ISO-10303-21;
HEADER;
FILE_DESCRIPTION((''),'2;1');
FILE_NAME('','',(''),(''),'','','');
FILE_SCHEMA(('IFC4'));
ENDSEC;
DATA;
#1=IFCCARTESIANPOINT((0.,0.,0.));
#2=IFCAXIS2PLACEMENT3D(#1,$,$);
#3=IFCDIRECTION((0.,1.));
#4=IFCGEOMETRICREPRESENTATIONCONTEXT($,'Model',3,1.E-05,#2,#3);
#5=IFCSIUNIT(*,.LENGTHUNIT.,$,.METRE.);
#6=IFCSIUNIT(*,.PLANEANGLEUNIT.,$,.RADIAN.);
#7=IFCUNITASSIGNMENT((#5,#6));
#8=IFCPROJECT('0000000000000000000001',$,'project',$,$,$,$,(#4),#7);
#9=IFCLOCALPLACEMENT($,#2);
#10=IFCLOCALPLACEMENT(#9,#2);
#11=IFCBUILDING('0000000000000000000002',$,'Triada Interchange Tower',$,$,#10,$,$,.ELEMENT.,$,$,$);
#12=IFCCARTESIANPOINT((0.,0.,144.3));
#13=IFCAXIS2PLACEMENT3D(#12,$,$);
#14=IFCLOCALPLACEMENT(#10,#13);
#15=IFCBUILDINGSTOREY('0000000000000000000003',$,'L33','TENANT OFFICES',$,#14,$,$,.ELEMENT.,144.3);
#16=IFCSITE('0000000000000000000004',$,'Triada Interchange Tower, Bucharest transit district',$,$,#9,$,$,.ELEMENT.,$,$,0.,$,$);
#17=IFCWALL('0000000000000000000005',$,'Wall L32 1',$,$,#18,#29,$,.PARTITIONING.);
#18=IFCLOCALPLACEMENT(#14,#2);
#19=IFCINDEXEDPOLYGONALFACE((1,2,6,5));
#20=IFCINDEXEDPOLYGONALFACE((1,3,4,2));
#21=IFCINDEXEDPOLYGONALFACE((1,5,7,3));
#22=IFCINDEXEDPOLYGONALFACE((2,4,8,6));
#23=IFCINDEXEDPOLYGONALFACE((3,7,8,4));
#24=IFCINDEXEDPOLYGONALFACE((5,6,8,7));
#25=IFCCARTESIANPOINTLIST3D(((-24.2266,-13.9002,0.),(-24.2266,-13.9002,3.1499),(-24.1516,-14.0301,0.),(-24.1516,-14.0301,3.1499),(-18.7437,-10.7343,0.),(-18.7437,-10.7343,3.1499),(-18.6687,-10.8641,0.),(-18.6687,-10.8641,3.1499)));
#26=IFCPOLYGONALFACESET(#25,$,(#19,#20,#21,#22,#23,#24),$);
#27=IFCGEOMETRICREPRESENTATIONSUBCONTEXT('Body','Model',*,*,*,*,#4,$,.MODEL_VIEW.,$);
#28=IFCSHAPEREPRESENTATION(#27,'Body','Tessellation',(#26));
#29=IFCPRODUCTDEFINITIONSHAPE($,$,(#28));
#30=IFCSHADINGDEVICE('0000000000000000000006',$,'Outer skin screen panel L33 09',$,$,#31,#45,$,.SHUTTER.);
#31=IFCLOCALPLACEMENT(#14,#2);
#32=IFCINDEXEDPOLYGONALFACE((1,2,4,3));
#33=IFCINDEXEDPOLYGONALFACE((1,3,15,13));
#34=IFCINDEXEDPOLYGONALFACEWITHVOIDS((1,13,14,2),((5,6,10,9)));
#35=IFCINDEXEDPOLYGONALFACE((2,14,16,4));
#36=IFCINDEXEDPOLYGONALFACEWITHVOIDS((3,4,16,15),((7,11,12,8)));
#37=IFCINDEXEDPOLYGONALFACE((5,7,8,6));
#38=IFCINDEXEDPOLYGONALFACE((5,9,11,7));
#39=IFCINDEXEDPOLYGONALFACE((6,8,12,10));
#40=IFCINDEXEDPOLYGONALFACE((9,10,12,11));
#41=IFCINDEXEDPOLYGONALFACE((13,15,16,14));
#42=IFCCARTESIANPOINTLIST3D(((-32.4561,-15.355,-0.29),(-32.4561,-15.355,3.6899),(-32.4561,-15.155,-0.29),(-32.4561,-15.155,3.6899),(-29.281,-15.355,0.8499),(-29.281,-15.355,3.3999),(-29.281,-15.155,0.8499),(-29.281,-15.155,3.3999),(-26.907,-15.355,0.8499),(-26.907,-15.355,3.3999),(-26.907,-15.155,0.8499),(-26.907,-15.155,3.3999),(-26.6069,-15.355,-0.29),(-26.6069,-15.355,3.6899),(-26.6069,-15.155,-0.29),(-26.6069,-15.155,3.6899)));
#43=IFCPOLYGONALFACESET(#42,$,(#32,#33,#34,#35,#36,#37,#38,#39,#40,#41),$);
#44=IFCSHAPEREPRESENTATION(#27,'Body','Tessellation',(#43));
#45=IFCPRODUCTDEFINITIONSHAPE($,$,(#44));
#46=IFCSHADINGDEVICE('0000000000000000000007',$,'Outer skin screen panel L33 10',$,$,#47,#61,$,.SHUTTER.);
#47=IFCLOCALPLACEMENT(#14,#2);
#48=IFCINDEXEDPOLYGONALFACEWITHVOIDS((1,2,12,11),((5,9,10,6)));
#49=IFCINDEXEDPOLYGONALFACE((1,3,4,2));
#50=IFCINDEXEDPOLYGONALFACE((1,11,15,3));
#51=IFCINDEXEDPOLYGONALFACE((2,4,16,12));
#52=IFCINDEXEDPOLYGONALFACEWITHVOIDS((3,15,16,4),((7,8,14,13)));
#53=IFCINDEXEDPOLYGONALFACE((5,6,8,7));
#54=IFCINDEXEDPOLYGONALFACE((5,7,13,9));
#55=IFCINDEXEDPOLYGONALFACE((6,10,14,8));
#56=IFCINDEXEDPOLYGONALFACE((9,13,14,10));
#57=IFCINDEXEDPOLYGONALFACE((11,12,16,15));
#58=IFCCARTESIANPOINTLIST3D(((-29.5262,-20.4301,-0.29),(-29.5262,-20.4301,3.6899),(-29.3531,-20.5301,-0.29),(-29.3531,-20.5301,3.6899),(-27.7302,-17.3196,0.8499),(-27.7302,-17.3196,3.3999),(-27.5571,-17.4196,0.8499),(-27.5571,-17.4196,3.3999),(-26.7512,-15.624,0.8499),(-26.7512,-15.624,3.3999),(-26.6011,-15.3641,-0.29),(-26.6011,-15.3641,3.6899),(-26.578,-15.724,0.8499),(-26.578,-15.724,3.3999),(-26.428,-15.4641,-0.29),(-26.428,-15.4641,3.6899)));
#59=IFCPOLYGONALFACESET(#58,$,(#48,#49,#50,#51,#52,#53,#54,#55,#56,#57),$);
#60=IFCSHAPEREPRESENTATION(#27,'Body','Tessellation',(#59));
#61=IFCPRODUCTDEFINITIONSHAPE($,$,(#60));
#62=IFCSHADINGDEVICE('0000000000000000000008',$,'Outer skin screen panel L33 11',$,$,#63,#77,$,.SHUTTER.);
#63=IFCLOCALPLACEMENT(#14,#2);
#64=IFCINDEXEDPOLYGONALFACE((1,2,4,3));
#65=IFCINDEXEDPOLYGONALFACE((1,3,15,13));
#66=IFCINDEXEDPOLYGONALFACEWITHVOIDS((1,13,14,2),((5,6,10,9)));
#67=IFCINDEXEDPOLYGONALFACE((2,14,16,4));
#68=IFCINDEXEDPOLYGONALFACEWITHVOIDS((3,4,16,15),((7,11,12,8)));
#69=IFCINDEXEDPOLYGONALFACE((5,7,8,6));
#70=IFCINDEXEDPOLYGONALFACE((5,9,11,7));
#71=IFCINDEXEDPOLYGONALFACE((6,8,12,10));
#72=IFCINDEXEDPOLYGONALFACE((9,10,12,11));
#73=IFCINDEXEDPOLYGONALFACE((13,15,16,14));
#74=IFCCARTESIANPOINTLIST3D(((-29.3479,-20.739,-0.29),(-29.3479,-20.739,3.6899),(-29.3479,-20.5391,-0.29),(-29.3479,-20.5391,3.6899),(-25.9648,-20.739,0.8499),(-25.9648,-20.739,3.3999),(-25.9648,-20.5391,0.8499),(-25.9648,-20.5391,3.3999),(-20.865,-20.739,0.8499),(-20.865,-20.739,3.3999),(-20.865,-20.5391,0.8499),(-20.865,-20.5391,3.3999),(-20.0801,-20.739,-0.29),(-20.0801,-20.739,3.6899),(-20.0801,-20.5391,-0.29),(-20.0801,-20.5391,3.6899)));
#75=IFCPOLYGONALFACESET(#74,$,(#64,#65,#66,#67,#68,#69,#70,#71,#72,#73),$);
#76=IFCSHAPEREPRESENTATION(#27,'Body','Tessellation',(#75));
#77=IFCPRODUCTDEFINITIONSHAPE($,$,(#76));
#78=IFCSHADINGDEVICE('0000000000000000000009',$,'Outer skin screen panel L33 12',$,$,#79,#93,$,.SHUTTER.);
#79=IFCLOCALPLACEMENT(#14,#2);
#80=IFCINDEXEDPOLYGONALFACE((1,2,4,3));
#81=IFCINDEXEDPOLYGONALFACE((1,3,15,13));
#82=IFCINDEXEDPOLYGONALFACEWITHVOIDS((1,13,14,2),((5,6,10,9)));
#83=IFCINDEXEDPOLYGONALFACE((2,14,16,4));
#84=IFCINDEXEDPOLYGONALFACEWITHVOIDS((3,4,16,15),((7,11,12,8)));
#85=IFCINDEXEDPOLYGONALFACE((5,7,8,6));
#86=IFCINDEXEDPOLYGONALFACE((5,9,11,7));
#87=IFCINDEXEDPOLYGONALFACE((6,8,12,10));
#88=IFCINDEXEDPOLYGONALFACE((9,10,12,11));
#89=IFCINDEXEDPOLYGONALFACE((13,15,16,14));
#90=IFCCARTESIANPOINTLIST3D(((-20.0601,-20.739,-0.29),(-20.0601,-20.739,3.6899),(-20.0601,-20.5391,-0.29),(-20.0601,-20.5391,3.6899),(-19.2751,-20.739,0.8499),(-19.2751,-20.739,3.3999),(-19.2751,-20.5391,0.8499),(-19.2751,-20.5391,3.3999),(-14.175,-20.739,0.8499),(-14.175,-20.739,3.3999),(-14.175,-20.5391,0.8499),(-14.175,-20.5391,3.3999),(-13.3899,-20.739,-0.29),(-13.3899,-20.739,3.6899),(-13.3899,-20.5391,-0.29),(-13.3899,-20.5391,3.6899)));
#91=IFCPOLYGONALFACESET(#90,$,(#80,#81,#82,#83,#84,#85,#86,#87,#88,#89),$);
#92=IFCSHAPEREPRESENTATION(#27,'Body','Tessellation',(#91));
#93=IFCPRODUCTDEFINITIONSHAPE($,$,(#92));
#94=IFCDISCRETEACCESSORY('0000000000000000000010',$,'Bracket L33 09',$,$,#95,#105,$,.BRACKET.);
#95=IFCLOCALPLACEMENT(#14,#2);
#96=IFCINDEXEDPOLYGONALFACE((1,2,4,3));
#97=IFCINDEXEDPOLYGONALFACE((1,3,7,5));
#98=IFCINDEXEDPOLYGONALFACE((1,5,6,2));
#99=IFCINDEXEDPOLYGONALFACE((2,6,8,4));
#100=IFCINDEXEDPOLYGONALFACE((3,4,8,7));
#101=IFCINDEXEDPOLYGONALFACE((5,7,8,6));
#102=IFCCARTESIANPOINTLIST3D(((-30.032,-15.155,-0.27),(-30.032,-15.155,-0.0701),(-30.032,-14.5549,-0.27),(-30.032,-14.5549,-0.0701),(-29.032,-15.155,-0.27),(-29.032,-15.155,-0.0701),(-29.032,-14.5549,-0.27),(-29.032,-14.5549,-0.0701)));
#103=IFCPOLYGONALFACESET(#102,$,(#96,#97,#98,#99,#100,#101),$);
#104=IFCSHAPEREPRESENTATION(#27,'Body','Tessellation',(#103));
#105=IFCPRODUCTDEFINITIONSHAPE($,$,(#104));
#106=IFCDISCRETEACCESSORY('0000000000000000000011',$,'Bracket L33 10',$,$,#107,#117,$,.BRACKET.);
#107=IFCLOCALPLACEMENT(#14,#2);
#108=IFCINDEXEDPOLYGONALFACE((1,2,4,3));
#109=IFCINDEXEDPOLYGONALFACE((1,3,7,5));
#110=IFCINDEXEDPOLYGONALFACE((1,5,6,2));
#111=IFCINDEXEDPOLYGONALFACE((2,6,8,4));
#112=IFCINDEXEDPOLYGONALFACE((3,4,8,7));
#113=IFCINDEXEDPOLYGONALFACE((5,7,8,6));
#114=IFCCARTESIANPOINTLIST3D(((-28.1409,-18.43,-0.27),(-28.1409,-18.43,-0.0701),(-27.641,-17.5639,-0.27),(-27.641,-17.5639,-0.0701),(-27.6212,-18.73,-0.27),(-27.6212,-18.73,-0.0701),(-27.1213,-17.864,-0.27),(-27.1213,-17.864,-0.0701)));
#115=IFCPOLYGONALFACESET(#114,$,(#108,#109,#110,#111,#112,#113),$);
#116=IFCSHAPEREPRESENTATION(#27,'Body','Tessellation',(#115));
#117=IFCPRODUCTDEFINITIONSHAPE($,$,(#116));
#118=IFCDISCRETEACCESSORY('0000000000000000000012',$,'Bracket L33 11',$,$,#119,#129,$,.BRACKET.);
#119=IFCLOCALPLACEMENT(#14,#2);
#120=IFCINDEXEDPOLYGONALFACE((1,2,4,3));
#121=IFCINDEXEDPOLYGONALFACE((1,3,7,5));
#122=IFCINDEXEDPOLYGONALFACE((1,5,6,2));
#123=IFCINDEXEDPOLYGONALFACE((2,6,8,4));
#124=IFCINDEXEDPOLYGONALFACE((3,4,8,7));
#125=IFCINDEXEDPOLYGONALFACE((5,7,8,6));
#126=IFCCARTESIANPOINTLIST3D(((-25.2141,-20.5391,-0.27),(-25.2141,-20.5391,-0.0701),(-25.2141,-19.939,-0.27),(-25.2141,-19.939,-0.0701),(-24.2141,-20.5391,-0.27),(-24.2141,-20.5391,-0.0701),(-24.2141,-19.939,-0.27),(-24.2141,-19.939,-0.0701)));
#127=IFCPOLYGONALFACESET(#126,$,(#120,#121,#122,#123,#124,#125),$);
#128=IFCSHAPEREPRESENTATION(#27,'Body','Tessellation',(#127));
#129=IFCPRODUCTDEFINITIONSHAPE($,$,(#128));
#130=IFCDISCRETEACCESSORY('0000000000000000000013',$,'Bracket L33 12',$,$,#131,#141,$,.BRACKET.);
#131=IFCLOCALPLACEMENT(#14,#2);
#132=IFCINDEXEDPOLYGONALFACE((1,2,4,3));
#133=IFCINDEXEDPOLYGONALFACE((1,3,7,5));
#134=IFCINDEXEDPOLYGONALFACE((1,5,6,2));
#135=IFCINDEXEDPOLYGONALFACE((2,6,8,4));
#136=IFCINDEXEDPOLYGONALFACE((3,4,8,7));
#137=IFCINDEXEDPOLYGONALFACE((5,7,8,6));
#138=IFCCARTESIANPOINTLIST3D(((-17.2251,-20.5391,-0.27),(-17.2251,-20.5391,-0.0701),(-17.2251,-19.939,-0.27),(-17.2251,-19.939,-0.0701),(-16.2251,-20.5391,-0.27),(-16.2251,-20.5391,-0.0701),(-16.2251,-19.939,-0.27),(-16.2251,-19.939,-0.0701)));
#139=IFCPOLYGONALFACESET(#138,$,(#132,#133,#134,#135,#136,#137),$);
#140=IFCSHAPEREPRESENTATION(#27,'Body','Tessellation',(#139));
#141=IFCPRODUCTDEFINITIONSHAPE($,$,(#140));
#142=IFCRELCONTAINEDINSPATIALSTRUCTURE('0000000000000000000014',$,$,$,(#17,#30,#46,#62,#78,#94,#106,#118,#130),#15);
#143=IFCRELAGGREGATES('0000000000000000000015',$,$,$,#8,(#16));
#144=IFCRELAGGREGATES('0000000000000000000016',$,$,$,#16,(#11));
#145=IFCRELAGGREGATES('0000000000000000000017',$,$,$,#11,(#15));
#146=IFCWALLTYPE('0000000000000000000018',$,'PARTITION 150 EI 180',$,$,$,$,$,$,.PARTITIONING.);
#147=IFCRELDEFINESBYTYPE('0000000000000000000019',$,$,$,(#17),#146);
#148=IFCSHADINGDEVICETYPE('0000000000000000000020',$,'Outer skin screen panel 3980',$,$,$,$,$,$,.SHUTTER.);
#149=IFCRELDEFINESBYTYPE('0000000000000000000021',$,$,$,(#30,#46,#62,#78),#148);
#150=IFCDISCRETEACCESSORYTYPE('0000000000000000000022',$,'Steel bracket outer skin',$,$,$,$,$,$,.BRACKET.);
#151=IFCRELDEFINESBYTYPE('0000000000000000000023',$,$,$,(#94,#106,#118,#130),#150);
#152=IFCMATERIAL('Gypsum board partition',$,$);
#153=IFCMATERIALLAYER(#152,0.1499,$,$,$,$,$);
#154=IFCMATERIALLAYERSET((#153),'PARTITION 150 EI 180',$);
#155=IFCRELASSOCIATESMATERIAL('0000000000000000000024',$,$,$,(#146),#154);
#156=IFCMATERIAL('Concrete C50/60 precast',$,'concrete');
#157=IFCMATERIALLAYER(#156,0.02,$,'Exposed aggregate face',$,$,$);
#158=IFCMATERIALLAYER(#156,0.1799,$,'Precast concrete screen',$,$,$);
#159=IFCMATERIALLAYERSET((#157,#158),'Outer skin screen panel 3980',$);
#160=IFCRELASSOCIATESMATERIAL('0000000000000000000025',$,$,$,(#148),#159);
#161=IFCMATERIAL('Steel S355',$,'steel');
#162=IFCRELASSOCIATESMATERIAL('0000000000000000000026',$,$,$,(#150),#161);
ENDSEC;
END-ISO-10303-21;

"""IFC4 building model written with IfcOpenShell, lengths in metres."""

from ifc_helpers import new_model, si_unit, direction, frame, frame_2d, origin, origin_2d, place, context, subcontext, project, spatial, polyline, rectangle, outline, extrude, material, layer, layer_set, type_object, element, save


model = new_model("IFC4")

# Units and contexts
model_context = context("Model", 3, precision=1e-05, world=origin(), true_north=direction((0.0, 1.0)))
body_context = subcontext(model_context, "Body", "Model", "MODEL_VIEW")
ifc_project = project(units=[si_unit("LENGTHUNIT", "METRE"), si_unit("PLANEANGLEUNIT", "RADIAN")], contexts=[model_context])

# Site, building, storey
site_placement = place(None, origin())
site = spatial("IfcSite", under=ifc_project, at=site_placement, Name="Triada Interchange Tower, Bucharest transit district", CompositionType="ELEMENT", RefElevation=0.0)
building_placement = place(site_placement, origin())
building = spatial("IfcBuilding", under=site, at=building_placement, Name="Triada Interchange Tower", CompositionType="ELEMENT")
storey_placement = place(building_placement, frame((0.0, 0.0, 144.3)))
storey = spatial("IfcBuildingStorey", under=building, at=storey_placement, Name="L33", Description="TENANT OFFICES", CompositionType="ELEMENT", Elevation=144.3)

# Wall
ifc_material_1 = material(Name="Gypsum board partition")
ifc_layer_1 = layer(ifc_material_1, 0.1499)
ifc_layer_set_1 = layer_set([ifc_layer_1], Name="PARTITION 150 EI 180")
wall_type_1 = type_object("IfcWallType", Name="PARTITION 150 EI 180", PredefinedType="PARTITIONING", material=ifc_layer_set_1)
wall_1_placement = place(storey_placement, frame((-24.189, -13.9651, 0.0), z_axis=(0.0, 0.0, 1.0), x_axis=(0.865994, 0.500054, 0.0)))
element("IfcWall", 1, at=wall_1_placement, inside=storey, type_object=wall_type_1, Name="Wall L32 1", PredefinedType="PARTITIONING", context=body_context, shape_type="SweptSolid", body=[
    extrude(rectangle(XDim=6.3313, YDim=0.1499, at=frame_2d((3.1655, 0.0))), origin(), (0.0, 0.0, 1.0), 3.1499),
])

# Shading devices
ifc_material_2 = material(Name="Concrete C50/60 precast", Category="concrete")
ifc_layer_2 = layer(ifc_material_2, 0.02, Name="Exposed aggregate face")
ifc_layer_3 = layer(ifc_material_2, 0.1799, Name="Precast concrete screen")
ifc_layer_set_2 = layer_set([ifc_layer_2, ifc_layer_3], Name="Outer skin screen panel 3980")
shading_device_type = type_object("IfcShadingDeviceType", Name="Outer skin screen panel 3980", PredefinedType="SHUTTER", material=ifc_layer_set_2)
shading_device_1_placement = place(storey_placement, frame((-32.4561, -15.155, -0.29), z_axis=(0.0, 0.0, 1.0), x_axis=(1.0, 0.0, 0.0)))
element("IfcShadingDevice", 2, at=shading_device_1_placement, inside=storey, type_object=shading_device_type, Name="Outer skin screen panel L33 09", PredefinedType="SHUTTER", context=body_context, shape_type="SweptSolid", body=[
    extrude(outline(polyline([(0.0, 0.0), (5.8491, 0.0), (5.8491, 3.98), (0.0, 3.98), (0.0, 0.0)]), holes=[polyline([(3.175, 1.1399), (3.175, 3.6899), (5.5491, 3.6899), (5.5491, 1.1399), (3.175, 1.1399)])]), frame((0.0, 0.0, 0.0), z_axis=(0.0, -1.0, 0.0), x_axis=(1.0, 0.0, 0.0)), (0.0, 0.0, 1.0), 0.2),
])
shading_device_2_placement = place(storey_placement, frame((-26.428, -15.4641, -0.29), z_axis=(0.0, 0.0, 1.0), x_axis=(-0.500031, -0.866008, 0.0)))
element("IfcShadingDevice", 3, at=shading_device_2_placement, inside=storey, type_object=shading_device_type, Name="Outer skin screen panel L33 10", PredefinedType="SHUTTER", context=body_context, shape_type="SweptSolid", body=[
    extrude(outline(polyline([(0.0, 0.0), (5.8499, 0.0), (5.8499, 3.98), (0.0, 3.98), (0.0, 0.0)]), holes=[polyline([(0.3, 1.1399), (0.3, 3.6899), (2.2581, 3.6899), (2.2581, 1.1399), (0.3, 1.1399)])]), frame((0.0, 0.0, 0.0), z_axis=(0.0, -1.0, 0.0), x_axis=(1.0, 0.0, 0.0)), (0.0, 0.0, 1.0), 0.2),
])
shading_device_3_placement = place(storey_placement, frame((-29.3479, -20.5391, -0.29), z_axis=(0.0, 0.0, 1.0), x_axis=(1.0, 0.0, 0.0)))
element("IfcShadingDevice", 4, at=shading_device_3_placement, inside=storey, type_object=shading_device_type, Name="Outer skin screen panel L33 11", PredefinedType="SHUTTER", context=body_context, shape_type="SweptSolid", body=[
    extrude(outline(polyline([(0.0, 0.0), (9.2678, 0.0), (9.2678, 3.98), (0.0, 3.98), (0.0, 0.0)]), holes=[polyline([(3.3831, 1.1399), (3.3831, 3.6899), (8.4829, 3.6899), (8.4829, 1.1399), (3.3831, 1.1399)])]), frame((0.0, 0.0, 0.0), z_axis=(0.0, -1.0, 0.0), x_axis=(1.0, 0.0, 0.0)), (0.0, 0.0, 1.0), 0.2),
])
shading_device_4_placement = place(storey_placement, frame((-20.0601, -20.5391, -0.29), z_axis=(0.0, 0.0, 1.0), x_axis=(1.0, 0.0, 0.0)))
element("IfcShadingDevice", 5, at=shading_device_4_placement, inside=storey, type_object=shading_device_type, Name="Outer skin screen panel L33 12", PredefinedType="SHUTTER", context=body_context, shape_type="SweptSolid", body=[
    extrude(outline(polyline([(0.0, 0.0), (6.6702, 0.0), (6.6702, 3.98), (0.0, 3.98), (0.0, 0.0)]), holes=[polyline([(0.7849, 1.1399), (0.7849, 3.6899), (5.885, 3.6899), (5.885, 1.1399), (0.7849, 1.1399)])]), frame((0.0, 0.0, 0.0), z_axis=(0.0, -1.0, 0.0), x_axis=(1.0, 0.0, 0.0)), (0.0, 0.0, 1.0), 0.2),
])

# Discrete accessories
ifc_material_3 = material(Name="Steel S355", Category="steel")
discrete_accessory_type = type_object("IfcDiscreteAccessoryType", Name="Steel bracket outer skin", PredefinedType="BRACKET", material=ifc_material_3)
for number, where, z_axis, x_axis, name in (
    (6, (-29.532, -14.855, -0.27), (0.0, 0.0, 1.0), (0.0, -1.0, 0.0), "Bracket L33 09"),
    (7, (-27.6311, -18.147, -0.27), (0.0, 0.0, 1.0), (-0.866057, 0.499945, 0.0), "Bracket L33 10"),
    (8, (-24.7141, -20.239, -0.27), (0.0, 0.0, 1.0), (0.0, -1.0, 0.0), "Bracket L33 11"),
    (9, (-16.7251, -20.239, -0.27), (0.0, 0.0, 1.0), (0.0, -1.0, 0.0), "Bracket L33 12"),
):
    element("IfcDiscreteAccessory", number, at=place(storey_placement, frame(where, z_axis=z_axis, x_axis=x_axis)), inside=storey, type_object=discrete_accessory_type, Name=name, PredefinedType="BRACKET", context=body_context, shape_type="SweptSolid", body=[
        extrude(rectangle(XDim=0.6001, YDim=1.0, at=origin_2d()), origin(), (0.0, 0.0, 1.0), 0.2),
    ])

save(model, "model.ifc")
